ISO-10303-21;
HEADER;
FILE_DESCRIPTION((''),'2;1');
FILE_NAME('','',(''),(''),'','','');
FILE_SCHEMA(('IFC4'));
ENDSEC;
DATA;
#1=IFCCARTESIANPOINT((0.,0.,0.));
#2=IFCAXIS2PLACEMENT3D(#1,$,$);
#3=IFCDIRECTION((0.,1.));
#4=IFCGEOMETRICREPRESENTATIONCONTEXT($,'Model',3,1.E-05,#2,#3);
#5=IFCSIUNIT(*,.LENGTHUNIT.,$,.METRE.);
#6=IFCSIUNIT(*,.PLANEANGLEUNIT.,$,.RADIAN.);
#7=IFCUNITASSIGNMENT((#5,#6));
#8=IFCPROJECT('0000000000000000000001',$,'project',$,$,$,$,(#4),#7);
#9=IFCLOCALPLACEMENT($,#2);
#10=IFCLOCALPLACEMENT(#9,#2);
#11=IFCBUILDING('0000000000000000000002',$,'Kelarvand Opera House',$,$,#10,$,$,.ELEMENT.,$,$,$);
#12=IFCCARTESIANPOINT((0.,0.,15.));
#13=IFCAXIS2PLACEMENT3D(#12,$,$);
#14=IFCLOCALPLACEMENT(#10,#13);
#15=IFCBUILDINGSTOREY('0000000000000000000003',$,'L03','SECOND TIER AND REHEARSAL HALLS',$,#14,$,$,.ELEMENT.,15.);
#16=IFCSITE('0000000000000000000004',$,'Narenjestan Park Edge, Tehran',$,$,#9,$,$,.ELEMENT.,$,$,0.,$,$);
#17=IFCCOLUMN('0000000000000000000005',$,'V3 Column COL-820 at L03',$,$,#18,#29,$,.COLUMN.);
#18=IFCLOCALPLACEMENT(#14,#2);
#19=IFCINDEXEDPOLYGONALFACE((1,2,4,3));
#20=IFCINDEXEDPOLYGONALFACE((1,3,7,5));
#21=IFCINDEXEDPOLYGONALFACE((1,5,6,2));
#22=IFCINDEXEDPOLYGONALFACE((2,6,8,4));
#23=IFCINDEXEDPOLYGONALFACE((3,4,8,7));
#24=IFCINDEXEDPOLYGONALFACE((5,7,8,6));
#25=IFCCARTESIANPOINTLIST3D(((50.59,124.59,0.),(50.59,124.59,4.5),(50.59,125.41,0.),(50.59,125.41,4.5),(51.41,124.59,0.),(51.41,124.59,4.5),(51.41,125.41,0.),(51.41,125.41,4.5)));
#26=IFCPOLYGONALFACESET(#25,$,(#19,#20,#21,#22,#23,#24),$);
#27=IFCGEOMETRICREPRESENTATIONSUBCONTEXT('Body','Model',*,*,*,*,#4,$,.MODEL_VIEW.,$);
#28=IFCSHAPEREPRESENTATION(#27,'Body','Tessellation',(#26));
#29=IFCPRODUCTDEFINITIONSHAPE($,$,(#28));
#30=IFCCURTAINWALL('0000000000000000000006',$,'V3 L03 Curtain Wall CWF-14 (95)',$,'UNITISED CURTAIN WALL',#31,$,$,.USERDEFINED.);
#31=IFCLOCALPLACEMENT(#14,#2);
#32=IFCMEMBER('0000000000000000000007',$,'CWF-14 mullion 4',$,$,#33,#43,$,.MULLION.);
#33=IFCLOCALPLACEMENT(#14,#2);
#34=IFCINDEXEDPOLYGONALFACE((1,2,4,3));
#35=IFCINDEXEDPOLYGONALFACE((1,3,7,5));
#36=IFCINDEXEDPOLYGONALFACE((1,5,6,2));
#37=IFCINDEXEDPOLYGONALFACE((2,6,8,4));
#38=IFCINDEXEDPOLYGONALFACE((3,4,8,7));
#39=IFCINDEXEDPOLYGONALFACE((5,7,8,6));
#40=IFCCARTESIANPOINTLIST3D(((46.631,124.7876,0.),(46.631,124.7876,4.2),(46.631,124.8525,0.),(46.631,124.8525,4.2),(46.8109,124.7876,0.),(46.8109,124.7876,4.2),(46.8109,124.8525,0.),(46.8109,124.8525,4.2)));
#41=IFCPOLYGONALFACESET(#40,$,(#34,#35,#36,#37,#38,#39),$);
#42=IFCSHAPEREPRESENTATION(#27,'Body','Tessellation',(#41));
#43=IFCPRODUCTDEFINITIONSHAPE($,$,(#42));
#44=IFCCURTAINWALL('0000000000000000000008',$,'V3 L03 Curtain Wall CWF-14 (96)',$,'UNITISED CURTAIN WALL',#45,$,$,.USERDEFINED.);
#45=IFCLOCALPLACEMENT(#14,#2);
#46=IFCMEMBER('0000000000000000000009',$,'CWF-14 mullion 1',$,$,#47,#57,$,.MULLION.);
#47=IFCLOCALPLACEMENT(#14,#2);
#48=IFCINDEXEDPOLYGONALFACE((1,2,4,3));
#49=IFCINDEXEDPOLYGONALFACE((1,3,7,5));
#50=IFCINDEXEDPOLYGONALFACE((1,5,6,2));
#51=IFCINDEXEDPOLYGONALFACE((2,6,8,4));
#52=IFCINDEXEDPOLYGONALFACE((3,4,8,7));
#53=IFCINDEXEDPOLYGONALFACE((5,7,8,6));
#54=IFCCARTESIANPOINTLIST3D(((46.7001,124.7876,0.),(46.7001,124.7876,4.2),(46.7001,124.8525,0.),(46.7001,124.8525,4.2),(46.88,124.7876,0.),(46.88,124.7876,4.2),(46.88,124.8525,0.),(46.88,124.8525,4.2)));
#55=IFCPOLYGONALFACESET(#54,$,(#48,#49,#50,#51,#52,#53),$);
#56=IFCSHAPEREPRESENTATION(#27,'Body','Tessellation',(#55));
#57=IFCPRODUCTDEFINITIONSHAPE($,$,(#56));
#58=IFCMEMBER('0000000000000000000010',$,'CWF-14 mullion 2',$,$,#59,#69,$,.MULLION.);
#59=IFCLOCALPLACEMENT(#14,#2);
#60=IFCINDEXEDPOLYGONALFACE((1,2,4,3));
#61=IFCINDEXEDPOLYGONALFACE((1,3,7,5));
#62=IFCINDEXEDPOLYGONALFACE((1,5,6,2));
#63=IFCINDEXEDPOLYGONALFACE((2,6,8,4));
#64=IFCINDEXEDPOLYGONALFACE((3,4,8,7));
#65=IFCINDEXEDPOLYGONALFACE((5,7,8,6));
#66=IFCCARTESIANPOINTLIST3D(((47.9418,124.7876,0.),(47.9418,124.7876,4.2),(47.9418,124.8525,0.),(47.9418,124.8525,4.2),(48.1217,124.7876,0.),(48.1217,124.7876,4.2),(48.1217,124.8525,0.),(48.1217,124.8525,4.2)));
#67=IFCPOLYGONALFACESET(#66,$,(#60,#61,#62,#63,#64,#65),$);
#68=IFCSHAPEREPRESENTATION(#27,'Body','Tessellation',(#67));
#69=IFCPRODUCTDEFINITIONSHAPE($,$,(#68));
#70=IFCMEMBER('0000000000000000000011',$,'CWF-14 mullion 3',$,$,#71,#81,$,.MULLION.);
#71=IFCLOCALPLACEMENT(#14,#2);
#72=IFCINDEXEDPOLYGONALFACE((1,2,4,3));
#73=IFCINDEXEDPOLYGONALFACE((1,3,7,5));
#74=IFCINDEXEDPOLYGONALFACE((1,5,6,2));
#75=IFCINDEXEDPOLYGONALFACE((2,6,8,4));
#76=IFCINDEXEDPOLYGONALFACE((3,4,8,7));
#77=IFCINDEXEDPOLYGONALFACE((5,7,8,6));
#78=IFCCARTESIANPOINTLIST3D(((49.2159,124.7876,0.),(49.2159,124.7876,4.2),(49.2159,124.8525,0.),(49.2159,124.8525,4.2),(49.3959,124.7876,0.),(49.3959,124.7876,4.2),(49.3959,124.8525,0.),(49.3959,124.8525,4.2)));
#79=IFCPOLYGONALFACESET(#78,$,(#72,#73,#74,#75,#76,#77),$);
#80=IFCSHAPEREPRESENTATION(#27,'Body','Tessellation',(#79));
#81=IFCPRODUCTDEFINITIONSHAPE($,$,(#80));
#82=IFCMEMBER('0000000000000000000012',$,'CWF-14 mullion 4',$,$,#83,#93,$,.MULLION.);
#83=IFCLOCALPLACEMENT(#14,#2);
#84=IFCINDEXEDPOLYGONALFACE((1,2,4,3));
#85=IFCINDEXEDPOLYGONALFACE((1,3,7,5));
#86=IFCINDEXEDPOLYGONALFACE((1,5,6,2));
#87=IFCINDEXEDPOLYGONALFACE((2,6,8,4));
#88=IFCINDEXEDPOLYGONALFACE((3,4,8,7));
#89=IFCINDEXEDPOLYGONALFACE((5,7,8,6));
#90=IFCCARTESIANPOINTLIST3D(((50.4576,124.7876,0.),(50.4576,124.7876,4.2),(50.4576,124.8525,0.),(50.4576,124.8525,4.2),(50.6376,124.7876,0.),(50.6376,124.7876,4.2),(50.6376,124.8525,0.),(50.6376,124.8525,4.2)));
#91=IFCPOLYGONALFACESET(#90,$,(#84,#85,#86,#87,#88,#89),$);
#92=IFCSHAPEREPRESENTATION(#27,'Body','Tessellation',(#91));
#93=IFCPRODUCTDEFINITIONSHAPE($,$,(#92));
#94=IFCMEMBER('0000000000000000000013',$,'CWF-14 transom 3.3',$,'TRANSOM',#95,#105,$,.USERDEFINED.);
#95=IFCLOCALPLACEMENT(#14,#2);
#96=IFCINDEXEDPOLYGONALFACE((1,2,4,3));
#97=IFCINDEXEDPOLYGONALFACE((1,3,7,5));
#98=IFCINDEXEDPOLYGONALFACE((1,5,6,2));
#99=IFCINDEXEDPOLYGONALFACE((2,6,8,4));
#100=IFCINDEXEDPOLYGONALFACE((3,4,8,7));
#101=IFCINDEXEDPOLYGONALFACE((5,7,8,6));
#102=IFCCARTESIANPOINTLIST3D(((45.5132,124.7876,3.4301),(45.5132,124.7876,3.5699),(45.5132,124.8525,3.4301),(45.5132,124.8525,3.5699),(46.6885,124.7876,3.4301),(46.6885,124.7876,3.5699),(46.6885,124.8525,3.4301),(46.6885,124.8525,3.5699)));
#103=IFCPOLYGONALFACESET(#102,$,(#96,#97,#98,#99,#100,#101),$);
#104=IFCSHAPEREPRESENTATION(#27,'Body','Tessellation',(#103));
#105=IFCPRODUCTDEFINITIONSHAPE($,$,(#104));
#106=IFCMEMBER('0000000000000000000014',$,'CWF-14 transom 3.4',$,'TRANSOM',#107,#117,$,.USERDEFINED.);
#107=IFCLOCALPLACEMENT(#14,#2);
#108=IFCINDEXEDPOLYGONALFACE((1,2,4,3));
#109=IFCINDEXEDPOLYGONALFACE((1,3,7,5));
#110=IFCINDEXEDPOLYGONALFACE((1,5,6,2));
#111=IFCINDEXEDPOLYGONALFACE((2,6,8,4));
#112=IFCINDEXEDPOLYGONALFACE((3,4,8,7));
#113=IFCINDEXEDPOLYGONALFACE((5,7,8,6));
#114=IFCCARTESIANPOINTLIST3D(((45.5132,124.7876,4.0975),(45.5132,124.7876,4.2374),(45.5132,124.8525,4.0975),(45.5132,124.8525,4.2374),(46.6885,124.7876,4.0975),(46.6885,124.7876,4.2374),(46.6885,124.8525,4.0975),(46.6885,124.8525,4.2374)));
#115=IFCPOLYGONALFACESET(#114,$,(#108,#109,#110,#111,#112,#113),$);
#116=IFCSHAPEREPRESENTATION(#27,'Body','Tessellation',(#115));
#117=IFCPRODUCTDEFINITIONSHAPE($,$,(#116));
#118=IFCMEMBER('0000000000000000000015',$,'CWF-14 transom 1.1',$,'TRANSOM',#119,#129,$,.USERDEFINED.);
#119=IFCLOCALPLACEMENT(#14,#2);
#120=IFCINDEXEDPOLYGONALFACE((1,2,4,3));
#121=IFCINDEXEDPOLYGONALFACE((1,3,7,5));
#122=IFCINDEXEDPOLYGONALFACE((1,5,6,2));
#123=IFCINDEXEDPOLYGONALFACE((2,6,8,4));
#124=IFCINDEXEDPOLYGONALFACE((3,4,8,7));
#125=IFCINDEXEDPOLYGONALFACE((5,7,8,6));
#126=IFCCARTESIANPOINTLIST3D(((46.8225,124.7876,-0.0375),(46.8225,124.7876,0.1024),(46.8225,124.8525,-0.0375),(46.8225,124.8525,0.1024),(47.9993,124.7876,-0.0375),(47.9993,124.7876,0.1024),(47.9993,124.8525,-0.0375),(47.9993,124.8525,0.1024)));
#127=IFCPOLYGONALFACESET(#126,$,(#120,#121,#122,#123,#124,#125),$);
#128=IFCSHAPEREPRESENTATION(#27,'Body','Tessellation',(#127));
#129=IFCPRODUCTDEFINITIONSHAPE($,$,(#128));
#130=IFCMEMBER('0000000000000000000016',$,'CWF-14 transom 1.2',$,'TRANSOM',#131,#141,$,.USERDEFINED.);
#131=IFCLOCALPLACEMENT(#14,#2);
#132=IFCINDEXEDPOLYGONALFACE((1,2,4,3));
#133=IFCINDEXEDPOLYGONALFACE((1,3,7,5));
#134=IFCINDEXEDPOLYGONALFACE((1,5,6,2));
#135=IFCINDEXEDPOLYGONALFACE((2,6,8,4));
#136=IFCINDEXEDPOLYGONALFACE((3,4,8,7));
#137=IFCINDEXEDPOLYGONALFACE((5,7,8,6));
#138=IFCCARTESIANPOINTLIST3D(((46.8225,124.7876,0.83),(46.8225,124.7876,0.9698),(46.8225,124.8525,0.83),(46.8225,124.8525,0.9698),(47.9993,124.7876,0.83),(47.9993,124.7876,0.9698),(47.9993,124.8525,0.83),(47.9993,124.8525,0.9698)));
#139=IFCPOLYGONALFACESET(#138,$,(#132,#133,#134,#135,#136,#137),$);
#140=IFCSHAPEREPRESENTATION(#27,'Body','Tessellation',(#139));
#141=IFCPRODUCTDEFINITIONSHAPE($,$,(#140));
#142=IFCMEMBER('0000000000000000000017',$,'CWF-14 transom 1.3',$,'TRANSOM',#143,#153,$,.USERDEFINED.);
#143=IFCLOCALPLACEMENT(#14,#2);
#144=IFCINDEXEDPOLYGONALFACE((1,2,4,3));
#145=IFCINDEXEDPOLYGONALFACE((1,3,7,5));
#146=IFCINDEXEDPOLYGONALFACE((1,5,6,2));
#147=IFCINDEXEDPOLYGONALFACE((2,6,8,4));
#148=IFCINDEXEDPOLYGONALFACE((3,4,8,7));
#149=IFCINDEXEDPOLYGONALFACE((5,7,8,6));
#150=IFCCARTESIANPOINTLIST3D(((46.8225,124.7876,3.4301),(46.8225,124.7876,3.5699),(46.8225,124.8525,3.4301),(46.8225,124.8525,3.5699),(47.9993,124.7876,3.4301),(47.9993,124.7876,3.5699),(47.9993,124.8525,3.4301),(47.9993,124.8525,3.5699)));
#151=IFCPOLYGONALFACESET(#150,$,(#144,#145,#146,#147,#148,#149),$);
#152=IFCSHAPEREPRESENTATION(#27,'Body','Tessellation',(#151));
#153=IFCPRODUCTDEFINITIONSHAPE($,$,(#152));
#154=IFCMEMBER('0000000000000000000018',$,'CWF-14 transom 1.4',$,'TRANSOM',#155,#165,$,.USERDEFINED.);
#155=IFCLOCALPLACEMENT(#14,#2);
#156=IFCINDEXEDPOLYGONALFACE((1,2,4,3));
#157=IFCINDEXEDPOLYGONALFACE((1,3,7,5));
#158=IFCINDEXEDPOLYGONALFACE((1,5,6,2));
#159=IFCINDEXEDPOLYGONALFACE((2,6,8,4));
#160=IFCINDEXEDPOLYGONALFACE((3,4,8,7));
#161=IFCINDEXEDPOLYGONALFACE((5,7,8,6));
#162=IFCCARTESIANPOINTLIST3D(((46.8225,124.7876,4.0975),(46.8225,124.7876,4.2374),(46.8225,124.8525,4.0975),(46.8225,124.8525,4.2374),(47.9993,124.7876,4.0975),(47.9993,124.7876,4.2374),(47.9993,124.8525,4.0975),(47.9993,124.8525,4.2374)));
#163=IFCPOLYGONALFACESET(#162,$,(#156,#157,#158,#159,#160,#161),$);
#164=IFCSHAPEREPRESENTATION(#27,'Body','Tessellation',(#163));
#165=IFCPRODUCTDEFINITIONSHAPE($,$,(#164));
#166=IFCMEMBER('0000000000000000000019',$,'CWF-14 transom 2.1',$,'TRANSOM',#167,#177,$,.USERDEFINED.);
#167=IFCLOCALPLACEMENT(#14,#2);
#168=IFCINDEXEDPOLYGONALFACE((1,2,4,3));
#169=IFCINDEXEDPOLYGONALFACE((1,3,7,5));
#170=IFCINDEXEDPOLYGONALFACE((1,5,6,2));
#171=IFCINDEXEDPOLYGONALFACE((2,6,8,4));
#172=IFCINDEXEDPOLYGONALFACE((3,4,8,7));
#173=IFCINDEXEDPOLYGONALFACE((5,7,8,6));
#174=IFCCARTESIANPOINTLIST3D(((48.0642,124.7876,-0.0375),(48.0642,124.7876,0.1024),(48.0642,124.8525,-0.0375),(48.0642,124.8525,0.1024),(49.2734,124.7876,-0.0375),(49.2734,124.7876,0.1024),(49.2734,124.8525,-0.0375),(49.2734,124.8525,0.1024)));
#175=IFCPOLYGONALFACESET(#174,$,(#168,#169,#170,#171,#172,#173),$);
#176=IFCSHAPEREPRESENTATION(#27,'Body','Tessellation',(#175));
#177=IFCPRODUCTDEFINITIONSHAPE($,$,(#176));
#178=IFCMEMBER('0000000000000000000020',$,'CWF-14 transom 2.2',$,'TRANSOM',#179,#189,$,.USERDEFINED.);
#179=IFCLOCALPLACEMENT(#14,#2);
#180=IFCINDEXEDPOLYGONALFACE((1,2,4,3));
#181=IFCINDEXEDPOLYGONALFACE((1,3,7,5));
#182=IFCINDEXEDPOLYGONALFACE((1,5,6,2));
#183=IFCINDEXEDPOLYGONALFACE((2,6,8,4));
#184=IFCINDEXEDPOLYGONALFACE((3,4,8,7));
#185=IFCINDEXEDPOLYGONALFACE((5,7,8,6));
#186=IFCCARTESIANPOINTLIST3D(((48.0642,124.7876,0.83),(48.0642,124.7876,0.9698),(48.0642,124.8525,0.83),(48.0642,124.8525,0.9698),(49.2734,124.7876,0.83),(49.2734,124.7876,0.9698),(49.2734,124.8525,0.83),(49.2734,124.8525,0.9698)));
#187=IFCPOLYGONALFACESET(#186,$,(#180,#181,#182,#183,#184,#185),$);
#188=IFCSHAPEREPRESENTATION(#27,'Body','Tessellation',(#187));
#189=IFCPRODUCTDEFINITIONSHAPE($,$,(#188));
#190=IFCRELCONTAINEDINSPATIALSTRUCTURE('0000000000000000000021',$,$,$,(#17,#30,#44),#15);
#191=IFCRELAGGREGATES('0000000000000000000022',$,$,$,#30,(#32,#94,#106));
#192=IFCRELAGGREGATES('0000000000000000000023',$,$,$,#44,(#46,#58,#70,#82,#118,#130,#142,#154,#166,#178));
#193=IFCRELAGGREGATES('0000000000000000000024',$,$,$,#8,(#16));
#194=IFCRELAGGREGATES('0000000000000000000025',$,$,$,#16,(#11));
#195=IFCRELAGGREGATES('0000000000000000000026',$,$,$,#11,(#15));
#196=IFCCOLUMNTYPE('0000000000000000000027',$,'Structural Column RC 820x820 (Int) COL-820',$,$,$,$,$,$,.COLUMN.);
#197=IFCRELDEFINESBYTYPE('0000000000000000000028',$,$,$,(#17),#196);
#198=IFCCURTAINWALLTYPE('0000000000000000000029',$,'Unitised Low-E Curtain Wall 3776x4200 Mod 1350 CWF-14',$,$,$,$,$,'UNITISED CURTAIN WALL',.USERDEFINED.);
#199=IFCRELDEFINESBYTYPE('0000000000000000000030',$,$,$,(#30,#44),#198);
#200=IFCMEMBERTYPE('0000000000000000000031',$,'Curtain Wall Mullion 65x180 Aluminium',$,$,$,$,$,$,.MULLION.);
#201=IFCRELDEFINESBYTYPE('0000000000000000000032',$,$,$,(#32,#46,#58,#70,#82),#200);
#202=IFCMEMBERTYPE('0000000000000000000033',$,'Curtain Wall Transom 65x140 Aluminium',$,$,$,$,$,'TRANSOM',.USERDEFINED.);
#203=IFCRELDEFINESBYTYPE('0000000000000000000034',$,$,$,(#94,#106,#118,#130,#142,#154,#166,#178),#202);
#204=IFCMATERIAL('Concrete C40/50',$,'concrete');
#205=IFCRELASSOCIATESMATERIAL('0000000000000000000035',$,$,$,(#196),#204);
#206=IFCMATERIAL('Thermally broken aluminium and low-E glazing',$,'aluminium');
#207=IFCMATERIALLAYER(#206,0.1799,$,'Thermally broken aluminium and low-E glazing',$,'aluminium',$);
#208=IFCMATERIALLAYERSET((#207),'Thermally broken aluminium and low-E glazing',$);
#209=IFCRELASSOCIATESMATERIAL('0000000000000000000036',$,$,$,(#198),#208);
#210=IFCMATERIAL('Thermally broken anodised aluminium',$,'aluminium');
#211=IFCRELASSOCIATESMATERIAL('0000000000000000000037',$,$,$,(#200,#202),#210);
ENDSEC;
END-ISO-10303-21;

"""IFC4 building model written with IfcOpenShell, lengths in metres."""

from ifc_helpers import new_model, si_unit, direction, frame, origin, origin_2d, place, context, subcontext, project, spatial, rectangle, extrude, material, layer, layer_set, material_profile, profile_set, type_object, element, aggregate, save


model = new_model("IFC4")

# Units and contexts
model_context = context("Model", 3, precision=1e-05, world=origin(), true_north=direction((0.0, 1.0)))
body_context = subcontext(model_context, "Body", "Model", "MODEL_VIEW")
ifc_project = project(units=[si_unit("LENGTHUNIT", "METRE"), si_unit("PLANEANGLEUNIT", "RADIAN")], contexts=[model_context])

# Site, building, storey
site_placement = place(None, origin())
site = spatial("IfcSite", under=ifc_project, at=site_placement, Name="Narenjestan Park Edge, Tehran", CompositionType="ELEMENT", RefElevation=0.0)
building_placement = place(site_placement, origin())
building = spatial("IfcBuilding", under=site, at=building_placement, Name="Kelarvand Opera House", CompositionType="ELEMENT")
storey_placement = place(building_placement, frame((0.0, 0.0, 15.0)))
storey = spatial("IfcBuildingStorey", under=building, at=storey_placement, Name="L03", Description="SECOND TIER AND REHEARSAL HALLS", CompositionType="ELEMENT", Elevation=15.0)

# Column
ifc_material_1 = material(Name="Concrete C40/50", Category="concrete")
ifc_material_profile_1 = material_profile(ifc_material_1, rectangle(XDim=0.8201, YDim=0.8201, at=origin_2d()), Name="RC 820x820", Category="concrete")
ifc_profile_set_1 = profile_set([ifc_material_profile_1], Name="Concrete C40/50")
column_type = type_object("IfcColumnType", Name="Structural Column RC 820x820 (Int) COL-820", PredefinedType="COLUMN", material=ifc_profile_set_1)
column_placement = place(storey_placement, frame((51.0, 125.0, 0.0), z_axis=(0.0, 0.0, 1.0), x_axis=(1.0, 0.0, 0.0)))
element("IfcColumn", 1, at=column_placement, inside=storey, type_object=column_type, Name="V3 Column COL-820 at L03", PredefinedType="COLUMN", context=body_context, shape_type="SweptSolid", body=[
    extrude(rectangle(XDim=0.8201, YDim=0.8201, at=origin_2d()), origin(), (0.0, 0.0, 1.0), 4.5),
])

# Curtain wall, member
ifc_material_2 = material(Name="Thermally broken aluminium and low-E glazing", Category="aluminium")
ifc_layer_1 = layer(ifc_material_2, 0.1799, Name="Thermally broken aluminium and low-E glazing", Category="aluminium")
ifc_layer_set_1 = layer_set([ifc_layer_1], Name="Thermally broken aluminium and low-E glazing")
curtain_wall_type = type_object("IfcCurtainWallType", Name="Unitised Low-E Curtain Wall 3776x4200 Mod 1350 CWF-14", ElementType="UNITISED CURTAIN WALL", PredefinedType="USERDEFINED", material=ifc_layer_set_1)
curtain_wall_1_placement = place(storey_placement, origin())
curtain_wall_1 = element("IfcCurtainWall", 2, at=curtain_wall_1_placement, inside=storey, type_object=curtain_wall_type, Name="V3 L03 Curtain Wall CWF-14 (95)", ObjectType="UNITISED CURTAIN WALL", PredefinedType="USERDEFINED")
ifc_material_3 = material(Name="Thermally broken anodised aluminium", Category="aluminium")
ifc_material_profile_2 = material_profile(ifc_material_3, rectangle(XDim=0.0649, YDim=0.1799, at=origin_2d()), Name="ALU MULLION 65x180", Category="aluminium")
ifc_profile_set_2 = profile_set([ifc_material_profile_2], Name="Thermally broken anodised aluminium")
member_type_1 = type_object("IfcMemberType", Name="Curtain Wall Mullion 65x180 Aluminium", PredefinedType="MULLION", material=ifc_profile_set_2)
member_1_placement = place(storey_placement, frame((46.7209, 124.8201, 0.0), z_axis=(0.0, 0.0, 1.0), x_axis=(0.0, 1.0, 0.0)))
member_1 = element("IfcMember", 3, at=member_1_placement, type_object=member_type_1, Name="CWF-14 mullion 4", PredefinedType="MULLION", context=body_context, shape_type="SweptSolid", body=[
    extrude(rectangle(XDim=0.0649, YDim=0.1799, at=origin_2d()), origin(), (0.0, 0.0, 1.0), 4.2),
])

# Curtain wall, members
curtain_wall_2_placement = place(storey_placement, origin())
curtain_wall_2 = element("IfcCurtainWall", 4, at=curtain_wall_2_placement, inside=storey, type_object=curtain_wall_type, Name="V3 L03 Curtain Wall CWF-14 (96)", ObjectType="UNITISED CURTAIN WALL", PredefinedType="USERDEFINED")
member_2_placement = place(storey_placement, frame((46.79, 124.8201, 0.0), z_axis=(0.0, 0.0, 1.0), x_axis=(0.0, 1.0, 0.0)))
member_2 = element("IfcMember", 5, at=member_2_placement, type_object=member_type_1, Name="CWF-14 mullion 1", PredefinedType="MULLION", context=body_context, shape_type="SweptSolid", body=[
    extrude(rectangle(XDim=0.0649, YDim=0.1799, at=origin_2d()), origin(), (0.0, 0.0, 1.0), 4.2),
])
member_3_placement = place(storey_placement, frame((48.0317, 124.8201, 0.0), z_axis=(0.0, 0.0, 1.0), x_axis=(0.0, 1.0, 0.0)))
member_3 = element("IfcMember", 6, at=member_3_placement, type_object=member_type_1, Name="CWF-14 mullion 2", PredefinedType="MULLION", context=body_context, shape_type="SweptSolid", body=[
    extrude(rectangle(XDim=0.0649, YDim=0.1799, at=origin_2d()), origin(), (0.0, 0.0, 1.0), 4.2),
])
member_4_placement = place(storey_placement, frame((49.3059, 124.8201, 0.0), z_axis=(0.0, 0.0, 1.0), x_axis=(0.0, 1.0, 0.0)))
member_4 = element("IfcMember", 7, at=member_4_placement, type_object=member_type_1, Name="CWF-14 mullion 3", PredefinedType="MULLION", context=body_context, shape_type="SweptSolid", body=[
    extrude(rectangle(XDim=0.0649, YDim=0.1799, at=origin_2d()), origin(), (0.0, 0.0, 1.0), 4.2),
])
member_5_placement = place(storey_placement, frame((50.5476, 124.8201, 0.0), z_axis=(0.0, 0.0, 1.0), x_axis=(0.0, 1.0, 0.0)))
member_5 = element("IfcMember", 8, at=member_5_placement, type_object=member_type_1, Name="CWF-14 mullion 4", PredefinedType="MULLION", context=body_context, shape_type="SweptSolid", body=[
    extrude(rectangle(XDim=0.0649, YDim=0.1799, at=origin_2d()), origin(), (0.0, 0.0, 1.0), 4.2),
])

# Members
ifc_material_profile_3 = material_profile(ifc_material_3, rectangle(XDim=0.0649, YDim=0.1399, at=origin_2d()), Name="ALU TRANSOM 65x140", Category="aluminium")
ifc_profile_set_3 = profile_set([ifc_material_profile_3], Name="Thermally broken anodised aluminium")
member_type_2 = type_object("IfcMemberType", Name="Curtain Wall Transom 65x140 Aluminium", ElementType="TRANSOM", PredefinedType="USERDEFINED", material=ifc_profile_set_3)
member_6_placement = place(storey_placement, frame((45.5132, 124.8201, 3.5), z_axis=(1.0, 0.0, 0.0), x_axis=(0.0, 1.0, 0.0)))
member_6 = element("IfcMember", 9, at=member_6_placement, type_object=member_type_2, Name="CWF-14 transom 3.3", ObjectType="TRANSOM", PredefinedType="USERDEFINED", context=body_context, shape_type="SweptSolid", body=[
    extrude(rectangle(XDim=0.0649, YDim=0.1399, at=origin_2d()), origin(), (0.0, 0.0, 1.0), 1.1753),
])
member_7_placement = place(storey_placement, frame((45.5132, 124.8201, 4.1675), z_axis=(1.0, 0.0, 0.0), x_axis=(0.0, 1.0, 0.0)))
member_7 = element("IfcMember", 10, at=member_7_placement, type_object=member_type_2, Name="CWF-14 transom 3.4", ObjectType="TRANSOM", PredefinedType="USERDEFINED", context=body_context, shape_type="SweptSolid", body=[
    extrude(rectangle(XDim=0.0649, YDim=0.1399, at=origin_2d()), origin(), (0.0, 0.0, 1.0), 1.1753),
])
member_8_placement = place(storey_placement, frame((46.8225, 124.8201, 0.0325), z_axis=(1.0, 0.0, 0.0), x_axis=(0.0, 1.0, 0.0)))
member_8 = element("IfcMember", 11, at=member_8_placement, type_object=member_type_2, Name="CWF-14 transom 1.1", ObjectType="TRANSOM", PredefinedType="USERDEFINED", context=body_context, shape_type="SweptSolid", body=[
    extrude(rectangle(XDim=0.0649, YDim=0.1399, at=origin_2d()), origin(), (0.0, 0.0, 1.0), 1.1768),
])
member_9_placement = place(storey_placement, frame((46.8225, 124.8201, 0.8999), z_axis=(1.0, 0.0, 0.0), x_axis=(0.0, 1.0, 0.0)))
member_9 = element("IfcMember", 12, at=member_9_placement, type_object=member_type_2, Name="CWF-14 transom 1.2", ObjectType="TRANSOM", PredefinedType="USERDEFINED", context=body_context, shape_type="SweptSolid", body=[
    extrude(rectangle(XDim=0.0649, YDim=0.1399, at=origin_2d()), origin(), (0.0, 0.0, 1.0), 1.1768),
])
member_10_placement = place(storey_placement, frame((46.8225, 124.8201, 3.5), z_axis=(1.0, 0.0, 0.0), x_axis=(0.0, 1.0, 0.0)))
member_10 = element("IfcMember", 13, at=member_10_placement, type_object=member_type_2, Name="CWF-14 transom 1.3", ObjectType="TRANSOM", PredefinedType="USERDEFINED", context=body_context, shape_type="SweptSolid", body=[
    extrude(rectangle(XDim=0.0649, YDim=0.1399, at=origin_2d()), origin(), (0.0, 0.0, 1.0), 1.1768),
])
member_11_placement = place(storey_placement, frame((46.8225, 124.8201, 4.1675), z_axis=(1.0, 0.0, 0.0), x_axis=(0.0, 1.0, 0.0)))
member_11 = element("IfcMember", 14, at=member_11_placement, type_object=member_type_2, Name="CWF-14 transom 1.4", ObjectType="TRANSOM", PredefinedType="USERDEFINED", context=body_context, shape_type="SweptSolid", body=[
    extrude(rectangle(XDim=0.0649, YDim=0.1399, at=origin_2d()), origin(), (0.0, 0.0, 1.0), 1.1768),
])
member_12_placement = place(storey_placement, frame((48.0642, 124.8201, 0.0325), z_axis=(1.0, 0.0, 0.0), x_axis=(0.0, 1.0, 0.0)))
member_12 = element("IfcMember", 15, at=member_12_placement, type_object=member_type_2, Name="CWF-14 transom 2.1", ObjectType="TRANSOM", PredefinedType="USERDEFINED", context=body_context, shape_type="SweptSolid", body=[
    extrude(rectangle(XDim=0.0649, YDim=0.1399, at=origin_2d()), origin(), (0.0, 0.0, 1.0), 1.2092),
])
member_13_placement = place(storey_placement, frame((48.0642, 124.8201, 0.8999), z_axis=(1.0, 0.0, 0.0), x_axis=(0.0, 1.0, 0.0)))
member_13 = element("IfcMember", 16, at=member_13_placement, type_object=member_type_2, Name="CWF-14 transom 2.2", ObjectType="TRANSOM", PredefinedType="USERDEFINED", context=body_context, shape_type="SweptSolid", body=[
    extrude(rectangle(XDim=0.0649, YDim=0.1399, at=origin_2d()), origin(), (0.0, 0.0, 1.0), 1.2092),
])

aggregate(curtain_wall_1, [member_1, member_6, member_7])
aggregate(curtain_wall_2, [member_2, member_3, member_4, member_5, member_8, member_9, member_10, member_11, member_12, member_13])

save(model, "model.ifc")
